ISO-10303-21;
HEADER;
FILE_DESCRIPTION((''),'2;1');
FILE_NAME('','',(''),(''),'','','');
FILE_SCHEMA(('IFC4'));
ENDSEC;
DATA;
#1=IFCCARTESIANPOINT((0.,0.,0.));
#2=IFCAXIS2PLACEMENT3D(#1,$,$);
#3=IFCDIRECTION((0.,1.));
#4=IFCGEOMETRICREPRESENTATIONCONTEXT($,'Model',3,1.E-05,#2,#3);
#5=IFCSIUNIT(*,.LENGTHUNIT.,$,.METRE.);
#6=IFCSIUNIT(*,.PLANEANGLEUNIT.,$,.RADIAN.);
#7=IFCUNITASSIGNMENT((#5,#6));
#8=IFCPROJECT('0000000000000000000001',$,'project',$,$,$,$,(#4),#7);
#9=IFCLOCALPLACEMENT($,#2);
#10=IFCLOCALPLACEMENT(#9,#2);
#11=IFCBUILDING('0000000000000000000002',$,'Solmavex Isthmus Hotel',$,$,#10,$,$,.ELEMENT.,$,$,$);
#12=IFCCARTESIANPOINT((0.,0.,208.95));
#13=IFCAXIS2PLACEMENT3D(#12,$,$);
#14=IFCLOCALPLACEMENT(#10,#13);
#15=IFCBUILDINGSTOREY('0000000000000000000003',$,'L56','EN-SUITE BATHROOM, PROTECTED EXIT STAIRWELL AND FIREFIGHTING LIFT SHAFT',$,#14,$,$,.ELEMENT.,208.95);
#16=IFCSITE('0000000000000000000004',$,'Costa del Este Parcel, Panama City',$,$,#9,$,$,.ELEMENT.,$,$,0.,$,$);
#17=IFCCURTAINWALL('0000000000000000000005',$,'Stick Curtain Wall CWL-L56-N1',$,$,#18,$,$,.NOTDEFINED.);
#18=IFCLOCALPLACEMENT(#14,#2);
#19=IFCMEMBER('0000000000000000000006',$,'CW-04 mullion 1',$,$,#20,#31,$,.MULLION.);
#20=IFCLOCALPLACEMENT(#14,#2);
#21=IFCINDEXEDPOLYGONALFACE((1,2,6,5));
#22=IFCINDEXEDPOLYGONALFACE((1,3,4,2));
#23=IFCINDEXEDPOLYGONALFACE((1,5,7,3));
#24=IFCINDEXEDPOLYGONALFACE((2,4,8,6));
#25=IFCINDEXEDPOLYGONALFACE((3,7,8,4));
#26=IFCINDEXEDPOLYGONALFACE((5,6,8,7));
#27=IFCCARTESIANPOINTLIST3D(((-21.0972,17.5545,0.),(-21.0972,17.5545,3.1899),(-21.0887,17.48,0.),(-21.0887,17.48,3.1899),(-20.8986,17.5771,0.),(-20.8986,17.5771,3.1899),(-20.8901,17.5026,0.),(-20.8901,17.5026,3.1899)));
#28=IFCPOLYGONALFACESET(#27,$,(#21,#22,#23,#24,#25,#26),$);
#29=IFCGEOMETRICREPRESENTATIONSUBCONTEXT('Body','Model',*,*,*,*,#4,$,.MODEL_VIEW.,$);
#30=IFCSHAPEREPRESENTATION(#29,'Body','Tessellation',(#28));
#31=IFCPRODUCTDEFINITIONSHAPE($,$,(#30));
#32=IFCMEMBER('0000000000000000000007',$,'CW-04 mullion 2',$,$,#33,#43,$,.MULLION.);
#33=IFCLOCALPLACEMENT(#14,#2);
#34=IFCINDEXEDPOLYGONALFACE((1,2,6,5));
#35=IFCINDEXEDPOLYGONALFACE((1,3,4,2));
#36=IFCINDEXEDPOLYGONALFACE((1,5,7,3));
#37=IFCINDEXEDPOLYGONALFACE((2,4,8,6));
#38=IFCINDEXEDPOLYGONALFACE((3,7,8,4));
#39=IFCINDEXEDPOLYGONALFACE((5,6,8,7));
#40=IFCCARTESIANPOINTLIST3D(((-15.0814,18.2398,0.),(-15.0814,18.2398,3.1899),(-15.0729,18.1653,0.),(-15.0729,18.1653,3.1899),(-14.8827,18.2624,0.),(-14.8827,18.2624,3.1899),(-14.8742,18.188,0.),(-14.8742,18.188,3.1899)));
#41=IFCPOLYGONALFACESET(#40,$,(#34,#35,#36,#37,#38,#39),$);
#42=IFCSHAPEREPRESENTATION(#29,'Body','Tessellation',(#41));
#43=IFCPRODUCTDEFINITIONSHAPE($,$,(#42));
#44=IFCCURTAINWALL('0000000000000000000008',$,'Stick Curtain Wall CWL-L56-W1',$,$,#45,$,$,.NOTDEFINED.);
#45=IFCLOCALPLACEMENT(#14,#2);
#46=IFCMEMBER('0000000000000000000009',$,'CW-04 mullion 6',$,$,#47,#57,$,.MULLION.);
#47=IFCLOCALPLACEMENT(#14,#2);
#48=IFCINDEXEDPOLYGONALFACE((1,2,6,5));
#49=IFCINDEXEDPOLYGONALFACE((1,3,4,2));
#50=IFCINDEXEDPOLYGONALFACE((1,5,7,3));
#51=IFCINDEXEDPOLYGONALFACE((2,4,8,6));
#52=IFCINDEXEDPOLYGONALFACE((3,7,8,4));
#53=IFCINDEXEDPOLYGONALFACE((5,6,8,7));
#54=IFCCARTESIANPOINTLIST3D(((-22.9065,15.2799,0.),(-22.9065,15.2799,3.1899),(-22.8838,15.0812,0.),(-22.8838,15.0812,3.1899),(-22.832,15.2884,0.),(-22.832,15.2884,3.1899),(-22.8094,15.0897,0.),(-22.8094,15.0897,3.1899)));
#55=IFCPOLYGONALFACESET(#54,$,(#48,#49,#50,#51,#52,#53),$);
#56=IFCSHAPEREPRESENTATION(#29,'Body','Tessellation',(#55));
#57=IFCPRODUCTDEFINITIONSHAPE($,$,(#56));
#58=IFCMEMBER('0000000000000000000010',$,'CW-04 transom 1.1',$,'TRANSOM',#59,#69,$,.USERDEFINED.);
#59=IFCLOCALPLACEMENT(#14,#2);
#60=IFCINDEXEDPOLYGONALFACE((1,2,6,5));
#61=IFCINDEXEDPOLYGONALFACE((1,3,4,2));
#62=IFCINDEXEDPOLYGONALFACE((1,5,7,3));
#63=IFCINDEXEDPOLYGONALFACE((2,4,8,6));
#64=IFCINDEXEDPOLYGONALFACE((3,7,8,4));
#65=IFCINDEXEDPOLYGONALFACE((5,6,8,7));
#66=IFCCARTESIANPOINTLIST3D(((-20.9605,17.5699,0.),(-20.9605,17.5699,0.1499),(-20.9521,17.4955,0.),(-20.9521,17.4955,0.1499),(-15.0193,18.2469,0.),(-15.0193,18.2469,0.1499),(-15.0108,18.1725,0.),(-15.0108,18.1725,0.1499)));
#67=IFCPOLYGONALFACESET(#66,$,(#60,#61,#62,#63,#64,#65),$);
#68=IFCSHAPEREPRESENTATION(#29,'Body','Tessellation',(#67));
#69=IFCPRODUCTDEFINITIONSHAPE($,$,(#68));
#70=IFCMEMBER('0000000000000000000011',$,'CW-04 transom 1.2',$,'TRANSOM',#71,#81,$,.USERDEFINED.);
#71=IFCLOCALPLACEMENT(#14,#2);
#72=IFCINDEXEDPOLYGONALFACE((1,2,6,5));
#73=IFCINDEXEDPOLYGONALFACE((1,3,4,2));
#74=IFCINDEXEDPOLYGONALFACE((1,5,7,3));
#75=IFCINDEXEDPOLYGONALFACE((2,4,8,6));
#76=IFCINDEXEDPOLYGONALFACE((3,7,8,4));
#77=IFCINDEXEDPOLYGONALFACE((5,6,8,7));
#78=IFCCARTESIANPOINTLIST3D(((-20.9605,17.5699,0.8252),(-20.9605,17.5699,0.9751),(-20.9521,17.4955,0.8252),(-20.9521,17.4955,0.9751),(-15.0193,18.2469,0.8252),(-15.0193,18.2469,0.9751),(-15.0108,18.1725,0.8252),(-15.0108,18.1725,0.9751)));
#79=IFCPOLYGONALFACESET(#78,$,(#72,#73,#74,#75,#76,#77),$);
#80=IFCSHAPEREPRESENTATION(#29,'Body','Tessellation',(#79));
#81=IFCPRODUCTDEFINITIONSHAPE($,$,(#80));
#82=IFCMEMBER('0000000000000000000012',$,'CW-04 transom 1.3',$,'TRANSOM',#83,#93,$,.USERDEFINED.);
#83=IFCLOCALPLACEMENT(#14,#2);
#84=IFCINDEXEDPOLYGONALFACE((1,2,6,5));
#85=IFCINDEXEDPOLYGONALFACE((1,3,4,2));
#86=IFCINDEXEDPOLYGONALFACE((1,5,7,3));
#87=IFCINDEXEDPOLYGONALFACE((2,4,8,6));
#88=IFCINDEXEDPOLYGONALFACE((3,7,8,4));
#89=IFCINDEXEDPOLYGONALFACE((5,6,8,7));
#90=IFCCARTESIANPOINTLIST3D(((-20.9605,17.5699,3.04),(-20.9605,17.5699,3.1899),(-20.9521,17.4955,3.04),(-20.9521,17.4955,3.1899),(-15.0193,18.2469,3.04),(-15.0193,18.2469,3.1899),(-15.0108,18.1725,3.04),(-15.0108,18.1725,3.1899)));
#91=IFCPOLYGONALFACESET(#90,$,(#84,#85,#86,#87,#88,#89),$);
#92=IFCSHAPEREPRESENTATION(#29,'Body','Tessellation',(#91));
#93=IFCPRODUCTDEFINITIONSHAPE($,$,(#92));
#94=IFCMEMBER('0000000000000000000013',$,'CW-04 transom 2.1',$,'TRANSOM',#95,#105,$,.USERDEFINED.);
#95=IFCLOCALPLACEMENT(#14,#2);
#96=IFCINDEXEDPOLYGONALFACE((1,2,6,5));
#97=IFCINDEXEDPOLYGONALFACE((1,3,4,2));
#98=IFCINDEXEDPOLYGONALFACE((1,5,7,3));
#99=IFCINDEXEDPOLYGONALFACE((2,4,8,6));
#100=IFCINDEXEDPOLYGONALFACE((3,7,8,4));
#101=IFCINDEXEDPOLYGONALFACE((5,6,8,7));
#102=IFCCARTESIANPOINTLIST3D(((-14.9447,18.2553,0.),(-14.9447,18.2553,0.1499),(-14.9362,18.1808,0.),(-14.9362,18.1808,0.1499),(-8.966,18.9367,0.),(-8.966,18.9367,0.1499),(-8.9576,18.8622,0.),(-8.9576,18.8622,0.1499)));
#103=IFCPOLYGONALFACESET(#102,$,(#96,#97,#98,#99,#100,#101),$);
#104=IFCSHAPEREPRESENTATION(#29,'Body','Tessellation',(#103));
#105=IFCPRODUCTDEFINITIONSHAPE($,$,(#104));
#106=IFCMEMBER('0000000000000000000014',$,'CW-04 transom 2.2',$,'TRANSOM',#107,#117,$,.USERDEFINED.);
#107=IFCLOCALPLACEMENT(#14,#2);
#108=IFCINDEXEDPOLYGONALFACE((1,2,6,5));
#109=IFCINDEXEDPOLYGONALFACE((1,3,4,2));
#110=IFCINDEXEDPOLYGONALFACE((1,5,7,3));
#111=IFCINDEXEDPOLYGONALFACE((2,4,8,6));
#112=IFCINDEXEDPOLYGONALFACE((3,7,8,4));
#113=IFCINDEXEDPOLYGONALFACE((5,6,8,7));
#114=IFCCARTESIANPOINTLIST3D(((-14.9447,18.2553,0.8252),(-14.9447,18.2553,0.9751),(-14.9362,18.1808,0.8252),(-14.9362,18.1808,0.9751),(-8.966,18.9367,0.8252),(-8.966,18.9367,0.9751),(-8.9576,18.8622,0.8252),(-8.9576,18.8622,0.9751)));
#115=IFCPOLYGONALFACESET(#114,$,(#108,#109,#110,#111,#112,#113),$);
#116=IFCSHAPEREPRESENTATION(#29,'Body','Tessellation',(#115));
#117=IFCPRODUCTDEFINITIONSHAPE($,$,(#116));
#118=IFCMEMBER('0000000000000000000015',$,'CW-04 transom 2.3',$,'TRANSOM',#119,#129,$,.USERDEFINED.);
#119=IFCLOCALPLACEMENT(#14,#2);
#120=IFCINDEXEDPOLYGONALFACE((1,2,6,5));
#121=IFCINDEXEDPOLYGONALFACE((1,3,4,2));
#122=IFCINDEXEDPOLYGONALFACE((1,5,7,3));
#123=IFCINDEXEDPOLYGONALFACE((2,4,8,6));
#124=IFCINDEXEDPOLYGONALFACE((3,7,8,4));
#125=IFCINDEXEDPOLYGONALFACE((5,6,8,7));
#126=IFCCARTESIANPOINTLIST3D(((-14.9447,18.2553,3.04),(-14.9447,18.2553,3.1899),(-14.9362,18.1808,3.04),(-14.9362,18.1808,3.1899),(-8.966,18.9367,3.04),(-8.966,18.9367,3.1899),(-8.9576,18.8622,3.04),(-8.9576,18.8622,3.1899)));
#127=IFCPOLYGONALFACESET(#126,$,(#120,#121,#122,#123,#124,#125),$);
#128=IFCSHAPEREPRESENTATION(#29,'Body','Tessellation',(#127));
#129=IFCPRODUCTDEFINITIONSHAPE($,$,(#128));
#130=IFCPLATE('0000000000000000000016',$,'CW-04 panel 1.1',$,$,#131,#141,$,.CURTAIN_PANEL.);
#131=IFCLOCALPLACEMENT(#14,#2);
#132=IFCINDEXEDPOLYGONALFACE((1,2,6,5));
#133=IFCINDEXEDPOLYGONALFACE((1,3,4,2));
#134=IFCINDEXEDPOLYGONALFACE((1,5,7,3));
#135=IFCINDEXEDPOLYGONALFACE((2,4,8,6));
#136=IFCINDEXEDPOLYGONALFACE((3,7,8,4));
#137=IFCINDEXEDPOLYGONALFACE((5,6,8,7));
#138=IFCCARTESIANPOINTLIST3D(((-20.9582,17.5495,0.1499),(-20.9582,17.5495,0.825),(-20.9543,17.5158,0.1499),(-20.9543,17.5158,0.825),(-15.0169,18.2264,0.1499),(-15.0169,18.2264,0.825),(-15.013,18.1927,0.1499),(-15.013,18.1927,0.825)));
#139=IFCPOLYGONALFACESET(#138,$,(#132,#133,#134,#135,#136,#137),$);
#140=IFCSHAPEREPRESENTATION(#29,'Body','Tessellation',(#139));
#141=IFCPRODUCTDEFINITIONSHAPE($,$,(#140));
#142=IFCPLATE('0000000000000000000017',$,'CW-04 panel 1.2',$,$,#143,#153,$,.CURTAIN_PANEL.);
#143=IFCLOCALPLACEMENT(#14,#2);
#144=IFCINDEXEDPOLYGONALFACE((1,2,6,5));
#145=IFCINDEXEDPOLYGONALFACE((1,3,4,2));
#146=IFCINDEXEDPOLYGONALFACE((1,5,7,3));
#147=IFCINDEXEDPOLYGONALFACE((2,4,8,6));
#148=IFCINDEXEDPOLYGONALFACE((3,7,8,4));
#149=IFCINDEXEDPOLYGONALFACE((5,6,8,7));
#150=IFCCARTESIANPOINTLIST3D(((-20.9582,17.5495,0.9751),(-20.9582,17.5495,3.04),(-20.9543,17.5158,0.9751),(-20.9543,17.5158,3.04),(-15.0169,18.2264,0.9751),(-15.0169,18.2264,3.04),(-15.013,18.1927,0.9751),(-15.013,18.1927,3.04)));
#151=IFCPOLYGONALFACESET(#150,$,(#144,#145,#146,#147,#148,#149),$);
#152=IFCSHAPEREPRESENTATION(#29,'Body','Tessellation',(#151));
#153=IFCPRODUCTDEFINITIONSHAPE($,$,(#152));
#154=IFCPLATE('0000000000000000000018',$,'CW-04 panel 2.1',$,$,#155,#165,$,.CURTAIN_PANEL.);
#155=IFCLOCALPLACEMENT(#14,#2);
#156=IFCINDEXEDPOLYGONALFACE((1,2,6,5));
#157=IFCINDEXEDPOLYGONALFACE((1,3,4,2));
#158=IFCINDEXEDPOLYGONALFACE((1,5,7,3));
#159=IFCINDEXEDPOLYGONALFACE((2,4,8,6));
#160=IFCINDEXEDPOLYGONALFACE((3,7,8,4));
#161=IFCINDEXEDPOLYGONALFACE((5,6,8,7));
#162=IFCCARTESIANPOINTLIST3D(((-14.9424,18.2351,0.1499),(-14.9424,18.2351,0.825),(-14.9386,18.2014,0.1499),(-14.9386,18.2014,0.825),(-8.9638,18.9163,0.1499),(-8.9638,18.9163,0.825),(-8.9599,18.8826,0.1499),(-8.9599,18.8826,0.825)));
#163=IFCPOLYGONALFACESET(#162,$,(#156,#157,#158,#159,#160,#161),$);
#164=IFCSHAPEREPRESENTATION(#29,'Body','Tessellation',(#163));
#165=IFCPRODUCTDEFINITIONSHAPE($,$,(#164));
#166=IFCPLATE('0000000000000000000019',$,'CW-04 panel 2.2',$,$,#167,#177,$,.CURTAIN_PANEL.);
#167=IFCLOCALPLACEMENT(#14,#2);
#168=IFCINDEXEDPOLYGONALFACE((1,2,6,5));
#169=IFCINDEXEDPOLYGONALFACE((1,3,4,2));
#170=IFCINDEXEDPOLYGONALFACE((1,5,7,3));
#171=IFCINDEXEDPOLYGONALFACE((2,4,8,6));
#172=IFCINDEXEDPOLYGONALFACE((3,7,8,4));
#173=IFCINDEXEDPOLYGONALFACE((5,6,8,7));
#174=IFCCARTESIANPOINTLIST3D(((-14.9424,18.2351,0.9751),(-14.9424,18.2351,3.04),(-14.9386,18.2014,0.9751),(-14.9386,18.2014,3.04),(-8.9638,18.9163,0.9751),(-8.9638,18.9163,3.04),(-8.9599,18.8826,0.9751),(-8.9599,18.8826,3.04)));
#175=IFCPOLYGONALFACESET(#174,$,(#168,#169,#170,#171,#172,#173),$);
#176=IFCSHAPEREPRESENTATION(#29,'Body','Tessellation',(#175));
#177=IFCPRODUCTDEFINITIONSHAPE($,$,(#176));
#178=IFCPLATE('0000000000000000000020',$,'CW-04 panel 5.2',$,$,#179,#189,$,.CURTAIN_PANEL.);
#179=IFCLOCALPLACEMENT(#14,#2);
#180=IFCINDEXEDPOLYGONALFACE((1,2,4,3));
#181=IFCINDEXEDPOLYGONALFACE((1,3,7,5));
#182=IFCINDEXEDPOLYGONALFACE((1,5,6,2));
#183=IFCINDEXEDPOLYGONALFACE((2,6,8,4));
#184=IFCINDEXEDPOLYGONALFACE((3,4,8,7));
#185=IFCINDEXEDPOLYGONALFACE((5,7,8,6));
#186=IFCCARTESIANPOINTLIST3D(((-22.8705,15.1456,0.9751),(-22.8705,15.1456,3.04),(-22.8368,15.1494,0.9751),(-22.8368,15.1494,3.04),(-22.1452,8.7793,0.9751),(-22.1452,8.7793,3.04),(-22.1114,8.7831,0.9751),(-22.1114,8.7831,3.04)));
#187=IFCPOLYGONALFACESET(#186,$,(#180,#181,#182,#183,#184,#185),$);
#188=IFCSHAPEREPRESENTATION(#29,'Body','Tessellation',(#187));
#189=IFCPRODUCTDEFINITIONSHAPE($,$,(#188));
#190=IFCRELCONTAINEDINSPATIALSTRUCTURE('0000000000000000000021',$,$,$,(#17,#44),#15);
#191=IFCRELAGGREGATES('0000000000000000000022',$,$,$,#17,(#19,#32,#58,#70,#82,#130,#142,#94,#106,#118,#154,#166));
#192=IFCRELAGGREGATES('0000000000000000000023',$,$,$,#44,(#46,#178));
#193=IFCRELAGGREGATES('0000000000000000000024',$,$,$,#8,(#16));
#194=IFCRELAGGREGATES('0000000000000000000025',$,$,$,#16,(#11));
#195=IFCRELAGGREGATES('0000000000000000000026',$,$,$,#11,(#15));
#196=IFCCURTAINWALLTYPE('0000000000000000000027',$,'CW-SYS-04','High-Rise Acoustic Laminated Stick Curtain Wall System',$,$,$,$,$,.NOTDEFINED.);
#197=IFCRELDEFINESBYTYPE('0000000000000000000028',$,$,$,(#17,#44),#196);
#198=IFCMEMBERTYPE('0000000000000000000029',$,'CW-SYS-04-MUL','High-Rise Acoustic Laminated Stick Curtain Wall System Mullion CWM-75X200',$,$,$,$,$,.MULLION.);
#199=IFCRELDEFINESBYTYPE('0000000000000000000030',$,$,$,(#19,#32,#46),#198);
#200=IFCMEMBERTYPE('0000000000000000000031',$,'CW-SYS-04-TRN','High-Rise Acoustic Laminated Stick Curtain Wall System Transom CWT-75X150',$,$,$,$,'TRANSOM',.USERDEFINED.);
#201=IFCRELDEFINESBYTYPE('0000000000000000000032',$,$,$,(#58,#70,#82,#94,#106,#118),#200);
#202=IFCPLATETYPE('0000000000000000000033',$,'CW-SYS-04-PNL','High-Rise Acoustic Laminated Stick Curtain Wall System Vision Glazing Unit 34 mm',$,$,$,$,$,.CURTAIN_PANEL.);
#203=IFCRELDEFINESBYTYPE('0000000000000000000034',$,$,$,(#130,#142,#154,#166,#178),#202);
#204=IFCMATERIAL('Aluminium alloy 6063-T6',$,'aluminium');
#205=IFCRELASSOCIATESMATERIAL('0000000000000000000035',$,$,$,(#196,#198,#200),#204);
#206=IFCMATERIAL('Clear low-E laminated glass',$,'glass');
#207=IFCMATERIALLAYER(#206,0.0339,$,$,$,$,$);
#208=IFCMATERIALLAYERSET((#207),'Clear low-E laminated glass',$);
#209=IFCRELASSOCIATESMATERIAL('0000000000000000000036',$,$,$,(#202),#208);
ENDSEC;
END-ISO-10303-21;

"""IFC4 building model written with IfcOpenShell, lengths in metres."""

from ifc_helpers import new_model, si_unit, direction, frame, origin, origin_2d, place, context, subcontext, project, spatial, rectangle, extrude, material, layer, layer_set, material_profile, profile_set, type_object, element, aggregate, save


model = new_model("IFC4")

# Units and contexts
model_context = context("Model", 3, precision=1e-05, world=origin(), true_north=direction((0.0, 1.0)))
body_context = subcontext(model_context, "Body", "Model", "MODEL_VIEW")
ifc_project = project(units=[si_unit("LENGTHUNIT", "METRE"), si_unit("PLANEANGLEUNIT", "RADIAN")], contexts=[model_context])

# Site, building, storey
site_placement = place(None, origin())
site = spatial("IfcSite", under=ifc_project, at=site_placement, Name="Costa del Este Parcel, Panama City", CompositionType="ELEMENT", RefElevation=0.0)
building_placement = place(site_placement, origin())
building = spatial("IfcBuilding", under=site, at=building_placement, Name="Solmavex Isthmus Hotel", CompositionType="ELEMENT")
storey_placement = place(building_placement, frame((0.0, 0.0, 208.95)))
storey = spatial("IfcBuildingStorey", under=building, at=storey_placement, Name="L56", Description="EN-SUITE BATHROOM, PROTECTED EXIT STAIRWELL AND FIREFIGHTING LIFT SHAFT", CompositionType="ELEMENT", Elevation=208.95)

# Curtain wall, members
ifc_material_1 = material(Name="Aluminium alloy 6063-T6", Category="aluminium")
curtain_wall_type = type_object("IfcCurtainWallType", Name="CW-SYS-04", Description="High-Rise Acoustic Laminated Stick Curtain Wall System", PredefinedType="NOTDEFINED", material=ifc_material_1)
curtain_wall_1_placement = place(storey_placement, origin())
curtain_wall_1 = element("IfcCurtainWall", 1, at=curtain_wall_1_placement, inside=storey, type_object=curtain_wall_type, Name="Stick Curtain Wall CWL-L56-N1", PredefinedType="NOTDEFINED")
ifc_material_profile_1 = material_profile(ifc_material_1, rectangle(XDim=0.075, YDim=0.2, at=origin_2d()), Name="CWM-75X200")
ifc_profile_set_1 = profile_set([ifc_material_profile_1], Name="Aluminium alloy 6063-T6")
member_type_1 = type_object("IfcMemberType", Name="CW-SYS-04-MUL", Description="High-Rise Acoustic Laminated Stick Curtain Wall System Mullion CWM-75X200", PredefinedType="MULLION", material=ifc_profile_set_1)
member_1_placement = place(storey_placement, frame((-20.9937, 17.5286, 0.0), z_axis=(0.0, 0.0, 1.0), x_axis=(-0.113203, 0.993572, 0.0)))
member_1 = element("IfcMember", 2, at=member_1_placement, type_object=member_type_1, Name="CW-04 mullion 1", PredefinedType="MULLION", context=body_context, shape_type="SweptSolid", body=[
    extrude(rectangle(XDim=0.075, YDim=0.2, at=origin_2d()), origin(), (0.0, 0.0, 1.0), 3.1899),
])
member_2_placement = place(storey_placement, frame((-14.9778, 18.2139, 0.0), z_axis=(0.0, 0.0, 1.0), x_axis=(-0.113203, 0.993572, 0.0)))
member_2 = element("IfcMember", 3, at=member_2_placement, type_object=member_type_1, Name="CW-04 mullion 2", PredefinedType="MULLION", context=body_context, shape_type="SweptSolid", body=[
    extrude(rectangle(XDim=0.075, YDim=0.2, at=origin_2d()), origin(), (0.0, 0.0, 1.0), 3.1899),
])

# Curtain wall, member
curtain_wall_2_placement = place(storey_placement, origin())
curtain_wall_2 = element("IfcCurtainWall", 4, at=curtain_wall_2_placement, inside=storey, type_object=curtain_wall_type, Name="Stick Curtain Wall CWL-L56-W1", PredefinedType="NOTDEFINED")
member_3_placement = place(storey_placement, frame((-22.8579, 15.1848, 0.0), z_axis=(0.0, 0.0, 1.0), x_axis=(-0.993572, -0.113203, 0.0)))
member_3 = element("IfcMember", 5, at=member_3_placement, type_object=member_type_1, Name="CW-04 mullion 6", PredefinedType="MULLION", context=body_context, shape_type="SweptSolid", body=[
    extrude(rectangle(XDim=0.075, YDim=0.2, at=origin_2d()), origin(), (0.0, 0.0, 1.0), 3.1899),
])

# Members
ifc_material_profile_2 = material_profile(ifc_material_1, rectangle(XDim=0.075, YDim=0.1499, at=origin_2d()), Name="CWT-75X150")
ifc_profile_set_2 = profile_set([ifc_material_profile_2], Name="Aluminium alloy 6063-T6")
member_type_2 = type_object("IfcMemberType", Name="CW-SYS-04-TRN", Description="High-Rise Acoustic Laminated Stick Curtain Wall System Transom CWT-75X150", ElementType="TRANSOM", PredefinedType="USERDEFINED", material=ifc_profile_set_2)
member_4_placement = place(storey_placement, frame((-20.9563, 17.5327, 0.075), z_axis=(0.993571, 0.113214, 0.0), x_axis=(-0.113214, 0.993571, 0.0)))
member_4 = element("IfcMember", 6, at=member_4_placement, type_object=member_type_2, Name="CW-04 transom 1.1", ObjectType="TRANSOM", PredefinedType="USERDEFINED", context=body_context, shape_type="SweptSolid", body=[
    extrude(rectangle(XDim=0.075, YDim=0.1499, at=origin_2d()), origin(), (0.0, 0.0, 1.0), 5.9797),
])
member_5_placement = place(storey_placement, frame((-20.9563, 17.5327, 0.9001), z_axis=(0.993571, 0.113214, 0.0), x_axis=(-0.113214, 0.993571, 0.0)))
member_5 = element("IfcMember", 7, at=member_5_placement, type_object=member_type_2, Name="CW-04 transom 1.2", ObjectType="TRANSOM", PredefinedType="USERDEFINED", context=body_context, shape_type="SweptSolid", body=[
    extrude(rectangle(XDim=0.075, YDim=0.1499, at=origin_2d()), origin(), (0.0, 0.0, 1.0), 5.9797),
])
member_6_placement = place(storey_placement, frame((-20.9563, 17.5327, 3.115), z_axis=(0.993571, 0.113214, 0.0), x_axis=(-0.113214, 0.993571, 0.0)))
member_6 = element("IfcMember", 8, at=member_6_placement, type_object=member_type_2, Name="CW-04 transom 1.3", ObjectType="TRANSOM", PredefinedType="USERDEFINED", context=body_context, shape_type="SweptSolid", body=[
    extrude(rectangle(XDim=0.075, YDim=0.1499, at=origin_2d()), origin(), (0.0, 0.0, 1.0), 5.9797),
])
member_7_placement = place(storey_placement, frame((-14.9404, 18.218, 0.075), z_axis=(0.993568, 0.113241, 0.0), x_axis=(-0.113241, 0.993568, 0.0)))
member_7 = element("IfcMember", 9, at=member_7_placement, type_object=member_type_2, Name="CW-04 transom 2.1", ObjectType="TRANSOM", PredefinedType="USERDEFINED", context=body_context, shape_type="SweptSolid", body=[
    extrude(rectangle(XDim=0.075, YDim=0.1499, at=origin_2d()), origin(), (0.0, 0.0, 1.0), 6.0173),
])
member_8_placement = place(storey_placement, frame((-14.9404, 18.218, 0.9001), z_axis=(0.993568, 0.113241, 0.0), x_axis=(-0.113241, 0.993568, 0.0)))
member_8 = element("IfcMember", 10, at=member_8_placement, type_object=member_type_2, Name="CW-04 transom 2.2", ObjectType="TRANSOM", PredefinedType="USERDEFINED", context=body_context, shape_type="SweptSolid", body=[
    extrude(rectangle(XDim=0.075, YDim=0.1499, at=origin_2d()), origin(), (0.0, 0.0, 1.0), 6.0173),
])
member_9_placement = place(storey_placement, frame((-14.9404, 18.218, 3.115), z_axis=(0.993568, 0.113241, 0.0), x_axis=(-0.113241, 0.993568, 0.0)))
member_9 = element("IfcMember", 11, at=member_9_placement, type_object=member_type_2, Name="CW-04 transom 2.3", ObjectType="TRANSOM", PredefinedType="USERDEFINED", context=body_context, shape_type="SweptSolid", body=[
    extrude(rectangle(XDim=0.075, YDim=0.1499, at=origin_2d()), origin(), (0.0, 0.0, 1.0), 6.0173),
])

# Plates
ifc_material_2 = material(Name="Clear low-E laminated glass", Category="glass")
ifc_layer_1 = layer(ifc_material_2, 0.0339)
ifc_layer_set_1 = layer_set([ifc_layer_1], Name="Clear low-E laminated glass")
plate_type = type_object("IfcPlateType", Name="CW-SYS-04-PNL", Description="High-Rise Acoustic Laminated Stick Curtain Wall System Vision Glazing Unit 34 mm", PredefinedType="CURTAIN_PANEL", material=ifc_layer_set_1)
plate_1_placement = place(storey_placement, frame((-17.9856, 17.8711, 0.1499), z_axis=(0.0, 0.0, 1.0), x_axis=(0.993572, 0.113203, 0.0)))
plate_1 = element("IfcPlate", 12, at=plate_1_placement, type_object=plate_type, Name="CW-04 panel 1.1", PredefinedType="CURTAIN_PANEL", context=body_context, shape_type="SweptSolid", body=[
    extrude(rectangle(XDim=5.9797, YDim=0.0339, at=origin_2d()), origin(), (0.0, 0.0, 1.0), 0.675),
])
plate_2_placement = place(storey_placement, frame((-17.9856, 17.8711, 0.9751), z_axis=(0.0, 0.0, 1.0), x_axis=(0.993572, 0.113203, 0.0)))
plate_2 = element("IfcPlate", 13, at=plate_2_placement, type_object=plate_type, Name="CW-04 panel 1.2", PredefinedType="CURTAIN_PANEL", context=body_context, shape_type="SweptSolid", body=[
    extrude(rectangle(XDim=5.9797, YDim=0.0339, at=origin_2d()), origin(), (0.0, 0.0, 1.0), 2.0649),
])
plate_3_placement = place(storey_placement, frame((-11.9512, 18.5588, 0.1499), z_axis=(0.0, 0.0, 1.0), x_axis=(0.993572, 0.113203, 0.0)))
plate_3 = element("IfcPlate", 14, at=plate_3_placement, type_object=plate_type, Name="CW-04 panel 2.1", PredefinedType="CURTAIN_PANEL", context=body_context, shape_type="SweptSolid", body=[
    extrude(rectangle(XDim=6.0173, YDim=0.0339, at=origin_2d()), origin(), (0.0, 0.0, 1.0), 0.675),
])
plate_4_placement = place(storey_placement, frame((-11.9512, 18.5588, 0.9751), z_axis=(0.0, 0.0, 1.0), x_axis=(0.993572, 0.113203, 0.0)))
plate_4 = element("IfcPlate", 15, at=plate_4_placement, type_object=plate_type, Name="CW-04 panel 2.2", PredefinedType="CURTAIN_PANEL", context=body_context, shape_type="SweptSolid", body=[
    extrude(rectangle(XDim=6.0173, YDim=0.0339, at=origin_2d()), origin(), (0.0, 0.0, 1.0), 2.0649),
])
aggregate(curtain_wall_1, [member_1, member_2, member_4, member_5, member_6, plate_1, plate_2, member_7, member_8, member_9, plate_3, plate_4])
plate_5_placement = place(storey_placement, frame((-22.491, 11.9644, 0.9751), z_axis=(0.0, 0.0, 1.0), x_axis=(-0.113203, 0.993572, 0.0)))
plate_5 = element("IfcPlate", 16, at=plate_5_placement, type_object=plate_type, Name="CW-04 panel 5.2", PredefinedType="CURTAIN_PANEL", context=body_context, shape_type="SweptSolid", body=[
    extrude(rectangle(XDim=6.4075, YDim=0.0339, at=origin_2d()), origin(), (0.0, 0.0, 1.0), 2.0649),
])
aggregate(curtain_wall_2, [member_3, plate_5])

save(model, "model.ifc")
